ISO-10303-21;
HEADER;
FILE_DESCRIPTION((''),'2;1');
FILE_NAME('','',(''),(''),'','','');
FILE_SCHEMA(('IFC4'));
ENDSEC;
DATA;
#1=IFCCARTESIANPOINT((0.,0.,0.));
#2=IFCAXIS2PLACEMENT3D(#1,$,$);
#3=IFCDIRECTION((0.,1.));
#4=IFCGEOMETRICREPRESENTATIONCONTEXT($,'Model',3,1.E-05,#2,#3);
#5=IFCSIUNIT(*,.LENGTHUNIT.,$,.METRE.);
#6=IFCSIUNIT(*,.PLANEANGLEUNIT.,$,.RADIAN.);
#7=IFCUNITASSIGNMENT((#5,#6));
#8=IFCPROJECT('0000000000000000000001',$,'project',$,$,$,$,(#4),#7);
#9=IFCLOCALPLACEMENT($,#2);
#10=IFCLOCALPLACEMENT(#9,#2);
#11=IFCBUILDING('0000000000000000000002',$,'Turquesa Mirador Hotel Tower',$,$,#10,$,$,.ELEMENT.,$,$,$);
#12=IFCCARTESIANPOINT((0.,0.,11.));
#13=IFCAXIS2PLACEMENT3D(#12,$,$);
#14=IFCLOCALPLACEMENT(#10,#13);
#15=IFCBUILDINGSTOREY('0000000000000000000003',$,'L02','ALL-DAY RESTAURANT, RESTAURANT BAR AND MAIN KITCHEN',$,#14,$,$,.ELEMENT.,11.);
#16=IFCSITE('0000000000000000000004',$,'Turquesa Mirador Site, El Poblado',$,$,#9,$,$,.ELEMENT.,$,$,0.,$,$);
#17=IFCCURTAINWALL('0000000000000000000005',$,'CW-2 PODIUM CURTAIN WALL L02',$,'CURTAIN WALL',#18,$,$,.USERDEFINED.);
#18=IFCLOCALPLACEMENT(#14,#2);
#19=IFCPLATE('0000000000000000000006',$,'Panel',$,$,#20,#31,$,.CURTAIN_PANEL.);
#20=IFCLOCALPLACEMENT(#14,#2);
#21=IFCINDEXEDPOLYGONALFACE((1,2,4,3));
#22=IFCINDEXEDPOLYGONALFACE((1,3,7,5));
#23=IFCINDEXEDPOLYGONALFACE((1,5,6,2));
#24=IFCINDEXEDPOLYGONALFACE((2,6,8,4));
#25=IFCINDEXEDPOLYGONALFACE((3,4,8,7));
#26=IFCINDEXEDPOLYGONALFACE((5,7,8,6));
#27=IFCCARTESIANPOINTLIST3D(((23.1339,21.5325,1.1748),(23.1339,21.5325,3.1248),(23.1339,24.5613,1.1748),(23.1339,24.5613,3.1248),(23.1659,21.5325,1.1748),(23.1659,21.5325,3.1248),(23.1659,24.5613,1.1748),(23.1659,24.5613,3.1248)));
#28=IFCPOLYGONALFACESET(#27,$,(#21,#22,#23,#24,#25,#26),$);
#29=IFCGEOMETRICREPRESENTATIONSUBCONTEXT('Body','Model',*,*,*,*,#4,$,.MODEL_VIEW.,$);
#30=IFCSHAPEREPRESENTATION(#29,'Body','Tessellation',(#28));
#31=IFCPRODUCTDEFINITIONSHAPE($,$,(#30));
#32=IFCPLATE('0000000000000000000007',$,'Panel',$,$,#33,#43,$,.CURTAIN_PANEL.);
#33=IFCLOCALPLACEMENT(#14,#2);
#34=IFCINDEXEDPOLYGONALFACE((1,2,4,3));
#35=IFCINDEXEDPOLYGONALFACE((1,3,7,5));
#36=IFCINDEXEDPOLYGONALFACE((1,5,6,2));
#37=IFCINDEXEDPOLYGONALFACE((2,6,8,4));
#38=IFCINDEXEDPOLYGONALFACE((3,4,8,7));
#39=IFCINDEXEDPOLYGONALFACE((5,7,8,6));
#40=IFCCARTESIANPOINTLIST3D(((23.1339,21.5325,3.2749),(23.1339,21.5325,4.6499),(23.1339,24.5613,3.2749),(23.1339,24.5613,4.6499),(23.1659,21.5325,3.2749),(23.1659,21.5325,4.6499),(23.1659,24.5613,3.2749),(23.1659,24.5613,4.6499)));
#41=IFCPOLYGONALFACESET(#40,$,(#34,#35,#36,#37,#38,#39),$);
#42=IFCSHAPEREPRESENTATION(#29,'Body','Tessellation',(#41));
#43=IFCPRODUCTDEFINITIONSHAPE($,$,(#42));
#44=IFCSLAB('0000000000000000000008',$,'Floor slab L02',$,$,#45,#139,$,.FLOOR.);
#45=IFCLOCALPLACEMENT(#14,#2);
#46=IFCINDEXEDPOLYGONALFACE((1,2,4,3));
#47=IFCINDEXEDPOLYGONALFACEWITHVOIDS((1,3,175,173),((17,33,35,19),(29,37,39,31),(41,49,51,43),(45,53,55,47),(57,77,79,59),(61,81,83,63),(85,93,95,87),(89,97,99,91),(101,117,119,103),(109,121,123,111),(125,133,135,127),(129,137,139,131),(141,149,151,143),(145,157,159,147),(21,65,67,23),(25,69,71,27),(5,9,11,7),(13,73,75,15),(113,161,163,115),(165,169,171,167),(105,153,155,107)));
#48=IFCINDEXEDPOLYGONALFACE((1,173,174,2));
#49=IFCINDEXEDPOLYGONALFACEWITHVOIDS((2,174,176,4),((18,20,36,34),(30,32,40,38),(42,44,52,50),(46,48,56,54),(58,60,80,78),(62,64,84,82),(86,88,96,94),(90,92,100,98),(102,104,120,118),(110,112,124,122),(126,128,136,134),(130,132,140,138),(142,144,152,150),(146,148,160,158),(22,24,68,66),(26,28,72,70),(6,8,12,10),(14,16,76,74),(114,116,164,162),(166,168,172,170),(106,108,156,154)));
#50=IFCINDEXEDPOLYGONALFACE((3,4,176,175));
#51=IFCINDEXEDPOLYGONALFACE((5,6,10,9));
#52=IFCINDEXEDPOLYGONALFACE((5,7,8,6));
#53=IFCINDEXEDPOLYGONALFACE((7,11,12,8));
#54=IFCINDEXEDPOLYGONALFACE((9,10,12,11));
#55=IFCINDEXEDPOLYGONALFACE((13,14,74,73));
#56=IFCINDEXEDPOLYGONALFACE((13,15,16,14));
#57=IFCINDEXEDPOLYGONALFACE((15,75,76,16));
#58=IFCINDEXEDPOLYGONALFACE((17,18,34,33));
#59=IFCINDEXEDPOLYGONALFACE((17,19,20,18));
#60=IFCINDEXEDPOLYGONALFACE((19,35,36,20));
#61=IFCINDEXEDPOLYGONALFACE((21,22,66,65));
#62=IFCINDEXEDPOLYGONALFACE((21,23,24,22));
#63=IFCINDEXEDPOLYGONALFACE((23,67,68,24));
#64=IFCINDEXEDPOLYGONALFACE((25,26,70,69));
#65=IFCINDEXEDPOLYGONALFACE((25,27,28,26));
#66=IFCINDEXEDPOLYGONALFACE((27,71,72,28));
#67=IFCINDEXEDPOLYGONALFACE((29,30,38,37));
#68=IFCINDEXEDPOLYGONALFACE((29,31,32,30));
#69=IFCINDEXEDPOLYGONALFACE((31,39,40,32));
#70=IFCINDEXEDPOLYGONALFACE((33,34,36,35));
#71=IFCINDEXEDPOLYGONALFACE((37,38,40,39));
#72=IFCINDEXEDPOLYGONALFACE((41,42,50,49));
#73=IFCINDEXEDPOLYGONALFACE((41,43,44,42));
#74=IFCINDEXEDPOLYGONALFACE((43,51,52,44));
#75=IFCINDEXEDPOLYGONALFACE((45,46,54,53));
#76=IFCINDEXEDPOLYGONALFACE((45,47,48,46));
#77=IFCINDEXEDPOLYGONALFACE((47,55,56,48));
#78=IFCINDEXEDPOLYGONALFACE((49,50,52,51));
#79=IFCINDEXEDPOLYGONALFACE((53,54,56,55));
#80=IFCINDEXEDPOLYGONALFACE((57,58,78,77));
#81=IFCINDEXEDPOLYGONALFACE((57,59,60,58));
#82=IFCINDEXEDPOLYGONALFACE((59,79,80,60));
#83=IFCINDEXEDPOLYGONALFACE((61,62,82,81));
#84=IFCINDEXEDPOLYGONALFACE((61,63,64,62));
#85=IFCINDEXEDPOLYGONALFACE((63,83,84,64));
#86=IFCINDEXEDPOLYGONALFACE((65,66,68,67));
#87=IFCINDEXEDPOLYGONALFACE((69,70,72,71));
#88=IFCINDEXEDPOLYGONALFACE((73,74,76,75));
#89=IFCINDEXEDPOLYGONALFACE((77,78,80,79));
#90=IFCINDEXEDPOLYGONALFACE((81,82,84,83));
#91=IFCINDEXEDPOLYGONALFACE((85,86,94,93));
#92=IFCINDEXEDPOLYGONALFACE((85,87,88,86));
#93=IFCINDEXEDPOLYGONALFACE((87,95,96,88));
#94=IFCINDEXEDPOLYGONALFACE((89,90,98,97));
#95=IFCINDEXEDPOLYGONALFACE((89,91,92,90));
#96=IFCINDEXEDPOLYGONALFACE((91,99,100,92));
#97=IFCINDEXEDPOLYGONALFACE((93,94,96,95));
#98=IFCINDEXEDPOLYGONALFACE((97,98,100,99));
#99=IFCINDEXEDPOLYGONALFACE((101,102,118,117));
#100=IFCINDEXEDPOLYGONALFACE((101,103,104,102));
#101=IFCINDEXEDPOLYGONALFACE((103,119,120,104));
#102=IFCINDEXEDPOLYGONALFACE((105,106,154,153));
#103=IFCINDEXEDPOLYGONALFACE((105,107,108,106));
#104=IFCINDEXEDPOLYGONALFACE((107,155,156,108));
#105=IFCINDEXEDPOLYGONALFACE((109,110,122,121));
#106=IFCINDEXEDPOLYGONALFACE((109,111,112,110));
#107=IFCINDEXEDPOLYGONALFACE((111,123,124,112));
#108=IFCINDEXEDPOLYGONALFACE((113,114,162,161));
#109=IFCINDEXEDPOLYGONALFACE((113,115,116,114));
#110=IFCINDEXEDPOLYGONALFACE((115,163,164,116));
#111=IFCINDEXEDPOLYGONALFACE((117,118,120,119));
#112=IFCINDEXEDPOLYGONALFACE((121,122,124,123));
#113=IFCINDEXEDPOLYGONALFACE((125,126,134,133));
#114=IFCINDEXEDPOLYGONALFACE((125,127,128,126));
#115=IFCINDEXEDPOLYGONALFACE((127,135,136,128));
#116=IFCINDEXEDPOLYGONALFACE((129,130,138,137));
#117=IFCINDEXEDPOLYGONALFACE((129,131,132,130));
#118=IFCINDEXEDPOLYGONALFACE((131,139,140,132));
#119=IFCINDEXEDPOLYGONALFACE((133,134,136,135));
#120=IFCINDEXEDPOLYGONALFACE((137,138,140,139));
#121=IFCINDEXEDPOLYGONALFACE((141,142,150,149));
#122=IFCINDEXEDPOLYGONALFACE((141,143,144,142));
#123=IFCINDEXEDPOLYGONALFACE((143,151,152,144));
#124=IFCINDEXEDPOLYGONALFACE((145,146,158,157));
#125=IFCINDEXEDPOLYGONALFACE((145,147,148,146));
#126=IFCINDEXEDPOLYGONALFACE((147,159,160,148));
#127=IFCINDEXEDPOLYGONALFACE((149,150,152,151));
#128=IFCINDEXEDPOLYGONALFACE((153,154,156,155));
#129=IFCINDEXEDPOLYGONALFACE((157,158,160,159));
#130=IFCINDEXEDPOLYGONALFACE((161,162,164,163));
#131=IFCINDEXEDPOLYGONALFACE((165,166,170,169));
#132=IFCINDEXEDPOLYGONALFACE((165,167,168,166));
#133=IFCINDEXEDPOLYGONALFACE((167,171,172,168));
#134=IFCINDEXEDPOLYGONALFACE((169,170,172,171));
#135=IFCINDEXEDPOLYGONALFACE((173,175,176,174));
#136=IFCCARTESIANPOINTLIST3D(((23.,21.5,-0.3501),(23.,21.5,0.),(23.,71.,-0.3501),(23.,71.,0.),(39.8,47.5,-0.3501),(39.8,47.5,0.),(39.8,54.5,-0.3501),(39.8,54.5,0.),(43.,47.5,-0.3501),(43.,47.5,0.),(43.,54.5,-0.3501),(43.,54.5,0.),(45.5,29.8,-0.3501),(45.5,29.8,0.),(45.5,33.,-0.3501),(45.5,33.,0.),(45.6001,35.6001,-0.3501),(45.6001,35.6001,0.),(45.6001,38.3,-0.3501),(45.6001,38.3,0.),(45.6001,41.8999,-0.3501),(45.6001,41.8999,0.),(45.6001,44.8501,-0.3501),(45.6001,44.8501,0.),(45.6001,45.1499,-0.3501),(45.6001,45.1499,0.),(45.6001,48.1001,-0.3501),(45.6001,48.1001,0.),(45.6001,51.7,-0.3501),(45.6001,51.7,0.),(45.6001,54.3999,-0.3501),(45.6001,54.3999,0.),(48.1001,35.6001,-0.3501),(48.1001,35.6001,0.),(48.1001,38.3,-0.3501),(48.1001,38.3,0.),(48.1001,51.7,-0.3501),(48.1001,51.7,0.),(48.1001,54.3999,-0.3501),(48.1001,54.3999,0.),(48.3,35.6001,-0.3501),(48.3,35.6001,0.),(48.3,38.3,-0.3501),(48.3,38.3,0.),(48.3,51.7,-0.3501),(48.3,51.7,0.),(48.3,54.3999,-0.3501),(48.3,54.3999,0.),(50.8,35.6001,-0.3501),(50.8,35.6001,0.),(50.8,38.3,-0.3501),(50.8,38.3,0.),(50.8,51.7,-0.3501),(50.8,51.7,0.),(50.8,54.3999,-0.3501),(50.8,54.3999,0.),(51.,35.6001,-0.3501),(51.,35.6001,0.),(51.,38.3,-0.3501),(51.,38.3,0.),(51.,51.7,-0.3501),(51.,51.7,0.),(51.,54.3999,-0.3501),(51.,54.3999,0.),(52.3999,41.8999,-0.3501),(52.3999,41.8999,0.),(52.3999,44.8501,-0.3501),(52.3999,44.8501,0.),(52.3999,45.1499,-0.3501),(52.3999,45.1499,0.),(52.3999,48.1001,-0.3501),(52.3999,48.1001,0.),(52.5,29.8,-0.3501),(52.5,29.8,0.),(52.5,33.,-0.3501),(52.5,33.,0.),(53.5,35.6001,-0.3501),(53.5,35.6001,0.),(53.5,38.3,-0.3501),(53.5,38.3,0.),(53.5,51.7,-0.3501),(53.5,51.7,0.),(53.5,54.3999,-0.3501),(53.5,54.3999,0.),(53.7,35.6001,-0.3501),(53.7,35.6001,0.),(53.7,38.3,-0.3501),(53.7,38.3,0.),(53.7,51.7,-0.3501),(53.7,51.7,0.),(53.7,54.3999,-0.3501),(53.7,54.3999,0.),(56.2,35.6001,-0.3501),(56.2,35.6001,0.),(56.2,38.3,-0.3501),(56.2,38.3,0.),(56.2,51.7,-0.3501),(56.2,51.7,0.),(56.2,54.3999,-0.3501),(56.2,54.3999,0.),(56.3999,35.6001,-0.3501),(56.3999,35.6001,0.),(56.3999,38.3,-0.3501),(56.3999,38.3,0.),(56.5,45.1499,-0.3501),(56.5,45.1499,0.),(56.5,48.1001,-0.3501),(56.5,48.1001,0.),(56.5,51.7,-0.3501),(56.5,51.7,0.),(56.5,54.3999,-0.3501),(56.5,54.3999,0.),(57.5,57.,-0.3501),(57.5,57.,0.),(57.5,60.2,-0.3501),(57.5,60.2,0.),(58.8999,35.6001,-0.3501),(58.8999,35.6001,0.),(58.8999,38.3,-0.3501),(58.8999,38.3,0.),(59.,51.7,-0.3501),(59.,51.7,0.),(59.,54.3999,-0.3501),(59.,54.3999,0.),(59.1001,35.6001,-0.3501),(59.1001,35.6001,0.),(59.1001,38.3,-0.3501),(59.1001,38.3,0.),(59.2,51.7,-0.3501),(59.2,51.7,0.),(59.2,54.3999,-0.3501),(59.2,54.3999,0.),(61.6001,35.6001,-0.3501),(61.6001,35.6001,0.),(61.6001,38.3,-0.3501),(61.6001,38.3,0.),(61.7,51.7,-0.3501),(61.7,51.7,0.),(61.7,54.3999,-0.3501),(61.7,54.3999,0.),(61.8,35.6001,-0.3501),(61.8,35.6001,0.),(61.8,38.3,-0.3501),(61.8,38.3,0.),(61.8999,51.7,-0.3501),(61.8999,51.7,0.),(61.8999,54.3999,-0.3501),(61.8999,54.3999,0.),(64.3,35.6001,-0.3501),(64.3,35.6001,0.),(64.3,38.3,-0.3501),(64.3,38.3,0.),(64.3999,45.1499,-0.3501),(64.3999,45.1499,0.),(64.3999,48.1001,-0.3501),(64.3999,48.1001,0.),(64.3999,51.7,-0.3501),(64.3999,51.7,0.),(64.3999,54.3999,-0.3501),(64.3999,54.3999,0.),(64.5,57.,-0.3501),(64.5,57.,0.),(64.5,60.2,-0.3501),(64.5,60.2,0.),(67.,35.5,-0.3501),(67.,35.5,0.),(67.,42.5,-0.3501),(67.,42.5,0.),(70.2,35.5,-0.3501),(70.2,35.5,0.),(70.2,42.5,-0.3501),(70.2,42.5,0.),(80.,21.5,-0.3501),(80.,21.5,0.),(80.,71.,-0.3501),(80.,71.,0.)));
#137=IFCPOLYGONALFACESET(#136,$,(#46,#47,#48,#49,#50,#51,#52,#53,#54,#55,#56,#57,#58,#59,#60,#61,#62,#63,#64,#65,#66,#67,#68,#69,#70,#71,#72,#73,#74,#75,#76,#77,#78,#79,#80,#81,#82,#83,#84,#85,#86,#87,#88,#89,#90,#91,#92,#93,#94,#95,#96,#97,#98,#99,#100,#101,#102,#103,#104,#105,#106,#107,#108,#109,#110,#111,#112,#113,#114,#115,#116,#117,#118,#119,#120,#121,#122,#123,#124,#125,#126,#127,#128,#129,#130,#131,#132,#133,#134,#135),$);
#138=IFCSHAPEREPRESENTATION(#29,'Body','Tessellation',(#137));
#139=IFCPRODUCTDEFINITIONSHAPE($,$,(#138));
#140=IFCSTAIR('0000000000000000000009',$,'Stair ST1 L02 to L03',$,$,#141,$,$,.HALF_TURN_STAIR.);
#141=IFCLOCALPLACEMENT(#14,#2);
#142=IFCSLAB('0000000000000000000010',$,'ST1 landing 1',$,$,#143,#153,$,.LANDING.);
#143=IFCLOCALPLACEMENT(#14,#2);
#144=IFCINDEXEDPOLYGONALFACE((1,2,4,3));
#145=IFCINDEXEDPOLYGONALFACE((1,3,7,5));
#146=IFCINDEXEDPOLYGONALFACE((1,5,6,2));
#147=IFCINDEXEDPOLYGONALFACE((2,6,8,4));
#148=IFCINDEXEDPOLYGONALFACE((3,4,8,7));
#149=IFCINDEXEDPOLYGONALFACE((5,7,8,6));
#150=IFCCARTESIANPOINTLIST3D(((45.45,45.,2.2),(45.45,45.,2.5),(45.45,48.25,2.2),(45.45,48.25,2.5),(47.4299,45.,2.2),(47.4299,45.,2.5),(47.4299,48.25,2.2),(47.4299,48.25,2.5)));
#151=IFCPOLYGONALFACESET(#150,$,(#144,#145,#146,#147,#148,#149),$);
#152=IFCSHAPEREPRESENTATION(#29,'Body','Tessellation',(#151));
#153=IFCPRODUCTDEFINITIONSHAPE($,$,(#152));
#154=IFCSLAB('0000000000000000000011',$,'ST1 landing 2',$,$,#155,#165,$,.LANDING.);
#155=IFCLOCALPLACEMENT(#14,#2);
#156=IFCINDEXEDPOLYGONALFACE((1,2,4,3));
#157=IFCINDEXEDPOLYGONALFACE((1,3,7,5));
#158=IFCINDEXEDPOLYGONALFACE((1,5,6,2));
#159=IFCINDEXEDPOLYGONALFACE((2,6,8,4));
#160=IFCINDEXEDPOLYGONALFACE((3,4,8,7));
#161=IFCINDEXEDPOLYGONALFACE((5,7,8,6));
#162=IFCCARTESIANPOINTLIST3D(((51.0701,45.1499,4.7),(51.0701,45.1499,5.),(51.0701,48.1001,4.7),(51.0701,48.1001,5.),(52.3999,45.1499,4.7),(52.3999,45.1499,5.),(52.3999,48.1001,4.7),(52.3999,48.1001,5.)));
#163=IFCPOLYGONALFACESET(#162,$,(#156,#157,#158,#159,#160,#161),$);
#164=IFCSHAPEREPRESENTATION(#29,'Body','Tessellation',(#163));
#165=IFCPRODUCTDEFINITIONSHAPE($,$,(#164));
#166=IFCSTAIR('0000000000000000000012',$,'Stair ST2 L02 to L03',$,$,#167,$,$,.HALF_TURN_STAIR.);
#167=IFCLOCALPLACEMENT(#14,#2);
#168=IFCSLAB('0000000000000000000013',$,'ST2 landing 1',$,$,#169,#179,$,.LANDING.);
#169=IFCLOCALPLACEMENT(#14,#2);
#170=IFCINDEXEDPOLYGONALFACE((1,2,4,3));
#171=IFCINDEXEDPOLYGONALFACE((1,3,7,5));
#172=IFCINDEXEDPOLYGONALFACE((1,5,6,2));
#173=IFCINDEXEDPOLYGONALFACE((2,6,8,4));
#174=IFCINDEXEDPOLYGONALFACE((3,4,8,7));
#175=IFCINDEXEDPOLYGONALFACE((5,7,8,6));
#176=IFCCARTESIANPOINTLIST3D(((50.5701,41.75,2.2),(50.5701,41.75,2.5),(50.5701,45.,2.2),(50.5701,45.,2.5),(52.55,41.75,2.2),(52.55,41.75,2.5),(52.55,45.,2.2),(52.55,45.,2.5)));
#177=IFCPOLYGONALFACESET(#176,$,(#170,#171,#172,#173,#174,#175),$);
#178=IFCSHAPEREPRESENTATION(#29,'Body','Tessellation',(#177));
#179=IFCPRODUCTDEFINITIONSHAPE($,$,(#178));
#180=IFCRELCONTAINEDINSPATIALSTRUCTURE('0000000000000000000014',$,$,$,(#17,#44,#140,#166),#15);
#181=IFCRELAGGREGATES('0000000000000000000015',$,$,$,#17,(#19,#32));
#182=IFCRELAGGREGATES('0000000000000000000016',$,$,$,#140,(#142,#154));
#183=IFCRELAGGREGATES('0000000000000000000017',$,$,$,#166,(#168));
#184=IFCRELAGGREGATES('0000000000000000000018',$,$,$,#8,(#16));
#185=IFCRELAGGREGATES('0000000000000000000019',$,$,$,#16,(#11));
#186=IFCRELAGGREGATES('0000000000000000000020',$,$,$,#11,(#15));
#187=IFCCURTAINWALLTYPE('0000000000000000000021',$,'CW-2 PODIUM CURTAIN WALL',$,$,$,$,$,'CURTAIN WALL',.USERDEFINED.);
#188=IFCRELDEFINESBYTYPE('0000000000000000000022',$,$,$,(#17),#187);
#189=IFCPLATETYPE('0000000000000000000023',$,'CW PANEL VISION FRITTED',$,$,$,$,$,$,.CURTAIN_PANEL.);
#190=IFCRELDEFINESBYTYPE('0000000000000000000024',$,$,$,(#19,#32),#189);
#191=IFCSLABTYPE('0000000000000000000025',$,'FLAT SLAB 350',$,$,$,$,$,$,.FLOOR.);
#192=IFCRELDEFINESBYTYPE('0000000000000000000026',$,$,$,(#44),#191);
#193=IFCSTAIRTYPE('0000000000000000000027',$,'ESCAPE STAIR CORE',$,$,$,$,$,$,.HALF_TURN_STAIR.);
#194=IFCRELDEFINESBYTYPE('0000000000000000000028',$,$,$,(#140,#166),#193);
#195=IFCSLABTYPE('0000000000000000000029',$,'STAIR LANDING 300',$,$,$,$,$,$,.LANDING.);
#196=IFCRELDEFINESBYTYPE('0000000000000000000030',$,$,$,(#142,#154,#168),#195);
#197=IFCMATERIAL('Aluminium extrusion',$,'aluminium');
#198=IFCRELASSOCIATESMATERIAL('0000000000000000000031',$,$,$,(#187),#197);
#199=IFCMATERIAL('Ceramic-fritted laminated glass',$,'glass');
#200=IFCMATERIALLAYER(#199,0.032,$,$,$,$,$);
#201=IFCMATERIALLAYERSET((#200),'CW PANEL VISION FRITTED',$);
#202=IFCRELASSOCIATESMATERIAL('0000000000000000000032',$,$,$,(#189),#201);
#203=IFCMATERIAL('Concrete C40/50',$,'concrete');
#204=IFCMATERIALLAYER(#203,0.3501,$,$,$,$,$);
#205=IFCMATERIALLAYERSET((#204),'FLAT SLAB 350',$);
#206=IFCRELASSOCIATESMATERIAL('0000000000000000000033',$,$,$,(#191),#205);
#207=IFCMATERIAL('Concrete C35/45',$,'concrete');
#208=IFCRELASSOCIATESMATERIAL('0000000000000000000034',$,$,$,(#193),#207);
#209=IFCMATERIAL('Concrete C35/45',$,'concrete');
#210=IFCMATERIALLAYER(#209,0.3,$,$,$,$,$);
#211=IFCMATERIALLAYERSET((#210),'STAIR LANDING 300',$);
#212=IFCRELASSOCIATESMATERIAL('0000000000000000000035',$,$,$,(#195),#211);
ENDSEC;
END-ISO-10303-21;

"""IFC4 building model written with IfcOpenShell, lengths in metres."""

from ifc_helpers import new_model, si_unit, direction, frame, origin, origin_2d, place, context, subcontext, project, spatial, polyline, rectangle, outline, extrude, material, layer, layer_set, type_object, element, aggregate, save


model = new_model("IFC4")

# Units and contexts
model_context = context("Model", 3, precision=1e-05, world=origin(), true_north=direction((0.0, 1.0)))
body_context = subcontext(model_context, "Body", "Model", "MODEL_VIEW")
ifc_project = project(units=[si_unit("LENGTHUNIT", "METRE"), si_unit("PLANEANGLEUNIT", "RADIAN")], contexts=[model_context])

# Site, building, storey
site_placement = place(None, origin())
site = spatial("IfcSite", under=ifc_project, at=site_placement, Name="Turquesa Mirador Site, El Poblado", CompositionType="ELEMENT", RefElevation=0.0)
building_placement = place(site_placement, origin())
building = spatial("IfcBuilding", under=site, at=building_placement, Name="Turquesa Mirador Hotel Tower", CompositionType="ELEMENT")
storey_placement = place(building_placement, frame((0.0, 0.0, 11.0)))
storey = spatial("IfcBuildingStorey", under=building, at=storey_placement, Name="L02", Description="ALL-DAY RESTAURANT, RESTAURANT BAR AND MAIN KITCHEN", CompositionType="ELEMENT", Elevation=11.0)

# Shared definitions
ifc_material_1 = material(Name="Aluminium extrusion", Category="aluminium")
curtain_wall_type = type_object("IfcCurtainWallType", Name="CW-2 PODIUM CURTAIN WALL", ElementType="CURTAIN WALL", PredefinedType="USERDEFINED", material=ifc_material_1)

# Curtain wall
curtain_wall_1_placement = place(storey_placement, origin())
curtain_wall_1 = element("IfcCurtainWall", 1, at=curtain_wall_1_placement, inside=storey, type_object=curtain_wall_type, Name="CW-2 PODIUM CURTAIN WALL L02", ObjectType="CURTAIN WALL", PredefinedType="USERDEFINED")

# Plates
ifc_material_2 = material(Name="Ceramic-fritted laminated glass", Category="glass")
ifc_layer_1 = layer(ifc_material_2, 0.032)
ifc_layer_set_1 = layer_set([ifc_layer_1], Name="CW PANEL VISION FRITTED")
plate_type_1 = type_object("IfcPlateType", Name="CW PANEL VISION FRITTED", PredefinedType="CURTAIN_PANEL", material=ifc_layer_set_1)
plate_1_placement = place(storey_placement, frame((23.1499, 23.0469, 1.1748), z_axis=(0.0, 0.0, 1.0), x_axis=(0.0, -1.0, 0.0)))
plate_1 = element("IfcPlate", 2, at=plate_1_placement, type_object=plate_type_1, Name="Panel", PredefinedType="CURTAIN_PANEL", context=body_context, shape_type="SweptSolid", body=[
    extrude(rectangle(XDim=3.0288, YDim=0.032, at=origin_2d()), origin(), (0.0, 0.0, 1.0), 1.95),
])
plate_2_placement = place(storey_placement, frame((23.1499, 23.0469, 3.2749), z_axis=(0.0, 0.0, 1.0), x_axis=(0.0, -1.0, 0.0)))
plate_2 = element("IfcPlate", 3, at=plate_2_placement, type_object=plate_type_1, Name="Panel", PredefinedType="CURTAIN_PANEL", context=body_context, shape_type="SweptSolid", body=[
    extrude(rectangle(XDim=3.0288, YDim=0.032, at=origin_2d()), origin(), (0.0, 0.0, 1.0), 1.375),
])
aggregate(curtain_wall_1, [plate_1, plate_2])

# Slab
ifc_material_3 = material(Name="Concrete C40/50", Category="concrete")
ifc_layer_2 = layer(ifc_material_3, 0.3501)
ifc_layer_set_2 = layer_set([ifc_layer_2], Name="FLAT SLAB 350")
slab_type_1 = type_object("IfcSlabType", Name="FLAT SLAB 350", PredefinedType="FLOOR", material=ifc_layer_set_2)
slab_1_placement = place(storey_placement, frame((0.0, 0.0, -0.3501)))
element("IfcSlab", 4, at=slab_1_placement, inside=storey, type_object=slab_type_1, Name="Floor slab L02", PredefinedType="FLOOR", context=body_context, shape_type="SweptSolid", body=[
    extrude(outline(polyline([(23.0, 21.5), (80.0, 21.5), (80.0, 71.0), (23.0, 71.0), (23.0, 21.5)]), holes=[polyline([(45.6001, 51.7), (48.1001, 51.7), (48.1001, 54.3999), (45.6001, 54.3999), (45.6001, 51.7)]), polyline([(48.3, 51.7), (50.8, 51.7), (50.8, 54.3999), (48.3, 54.3999), (48.3, 51.7)]), polyline([(51.0, 51.7), (53.5, 51.7), (53.5, 54.3999), (51.0, 54.3999), (51.0, 51.7)]), polyline([(53.7, 51.7), (56.2, 51.7), (56.2, 54.3999), (53.7, 54.3999), (53.7, 51.7)]), polyline([(56.5, 51.7), (59.0, 51.7), (59.0, 54.3999), (56.5, 54.3999), (56.5, 51.7)]), polyline([(59.2, 51.7), (61.7, 51.7), (61.7, 54.3999), (59.2, 54.3999), (59.2, 51.7)]), polyline([(45.6001, 35.6001), (48.1001, 35.6001), (48.1001, 38.3), (45.6001, 38.3), (45.6001, 35.6001)]), polyline([(48.3, 35.6001), (50.8, 35.6001), (50.8, 38.3), (48.3, 38.3), (48.3, 35.6001)]), polyline([(51.0, 35.6001), (53.5, 35.6001), (53.5, 38.3), (51.0, 38.3), (51.0, 35.6001)]), polyline([(53.7, 35.6001), (56.2, 35.6001), (56.2, 38.3), (53.7, 38.3), (53.7, 35.6001)]), polyline([(56.3999, 35.6001), (58.8999, 35.6001), (58.8999, 38.3), (56.3999, 38.3), (56.3999, 35.6001)]), polyline([(59.1001, 35.6001), (61.6001, 35.6001), (61.6001, 38.3), (59.1001, 38.3), (59.1001, 35.6001)]), polyline([(61.8, 35.6001), (64.3, 35.6001), (64.3, 38.3), (61.8, 38.3), (61.8, 35.6001)]), polyline([(45.6001, 45.1499), (52.3999, 45.1499), (52.3999, 48.1001), (45.6001, 48.1001), (45.6001, 45.1499)]), polyline([(45.6001, 41.8999), (52.3999, 41.8999), (52.3999, 44.8501), (45.6001, 44.8501), (45.6001, 41.8999)]), polyline([(56.5, 45.1499), (64.3999, 45.1499), (64.3999, 48.1001), (56.5, 48.1001), (56.5, 45.1499)]), polyline([(61.8999, 51.7), (64.3999, 51.7), (64.3999, 54.3999), (61.8999, 54.3999), (61.8999, 51.7)]), polyline([(57.5, 57.0), (64.5, 57.0), (64.5, 60.2), (57.5, 60.2), (57.5, 57.0)]), polyline([(45.5, 29.8), (52.5, 29.8), (52.5, 33.0), (45.5, 33.0), (45.5, 29.8)]), polyline([(67.0, 35.5), (70.2, 35.5), (70.2, 42.5), (67.0, 42.5), (67.0, 35.5)]), polyline([(39.8, 47.5), (43.0, 47.5), (43.0, 54.5), (39.8, 54.5), (39.8, 47.5)])]), origin(), (0.0, 0.0, 1.0), 0.3501),
])

# Stairs, slabs
ifc_material_4 = material(Name="Concrete C35/45", Category="concrete")
stair_type_1 = type_object("IfcStairType", Name="ESCAPE STAIR CORE", PredefinedType="HALF_TURN_STAIR", material=ifc_material_4)
stair_1_placement = place(storey_placement, origin())
stair_1 = element("IfcStair", 5, at=stair_1_placement, inside=storey, type_object=stair_type_1, Name="Stair ST1 L02 to L03", PredefinedType="HALF_TURN_STAIR")
ifc_material_5 = material(Name="Concrete C35/45", Category="concrete")
ifc_layer_3 = layer(ifc_material_5, 0.3)
ifc_layer_set_3 = layer_set([ifc_layer_3], Name="STAIR LANDING 300")
slab_type_2 = type_object("IfcSlabType", Name="STAIR LANDING 300", PredefinedType="LANDING", material=ifc_layer_set_3)
slab_2_placement = place(storey_placement, frame((0.0, 0.0, 2.2)))
slab_2 = element("IfcSlab", 6, at=slab_2_placement, type_object=slab_type_2, Name="ST1 landing 1", PredefinedType="LANDING", context=body_context, shape_type="SweptSolid", body=[
    extrude(outline(polyline([(45.45, 45.0), (47.4299, 45.0), (47.4299, 48.25), (45.45, 48.25), (45.45, 45.0)])), origin(), (0.0, 0.0, 1.0), 0.3),
])
slab_3_placement = place(storey_placement, frame((0.0, 0.0, 4.7)))
slab_3 = element("IfcSlab", 7, at=slab_3_placement, type_object=slab_type_2, Name="ST1 landing 2", PredefinedType="LANDING", context=body_context, shape_type="SweptSolid", body=[
    extrude(outline(polyline([(51.0701, 45.1499), (52.3999, 45.1499), (52.3999, 48.1001), (51.0701, 48.1001), (51.0701, 45.1499)])), origin(), (0.0, 0.0, 1.0), 0.3),
])
aggregate(stair_1, [slab_2, slab_3])
stair_2_placement = place(storey_placement, origin())
stair_2 = element("IfcStair", 8, at=stair_2_placement, inside=storey, type_object=stair_type_1, Name="Stair ST2 L02 to L03", PredefinedType="HALF_TURN_STAIR")
slab_4_placement = place(storey_placement, frame((0.0, 0.0, 2.2)))
slab_4 = element("IfcSlab", 9, at=slab_4_placement, type_object=slab_type_2, Name="ST2 landing 1", PredefinedType="LANDING", context=body_context, shape_type="SweptSolid", body=[
    extrude(outline(polyline([(52.55, 45.0), (50.5701, 45.0), (50.5701, 41.75), (52.55, 41.75), (52.55, 45.0)])), origin(), (0.0, 0.0, 1.0), 0.3),
])
aggregate(stair_2, [slab_4])

save(model, "model.ifc")
